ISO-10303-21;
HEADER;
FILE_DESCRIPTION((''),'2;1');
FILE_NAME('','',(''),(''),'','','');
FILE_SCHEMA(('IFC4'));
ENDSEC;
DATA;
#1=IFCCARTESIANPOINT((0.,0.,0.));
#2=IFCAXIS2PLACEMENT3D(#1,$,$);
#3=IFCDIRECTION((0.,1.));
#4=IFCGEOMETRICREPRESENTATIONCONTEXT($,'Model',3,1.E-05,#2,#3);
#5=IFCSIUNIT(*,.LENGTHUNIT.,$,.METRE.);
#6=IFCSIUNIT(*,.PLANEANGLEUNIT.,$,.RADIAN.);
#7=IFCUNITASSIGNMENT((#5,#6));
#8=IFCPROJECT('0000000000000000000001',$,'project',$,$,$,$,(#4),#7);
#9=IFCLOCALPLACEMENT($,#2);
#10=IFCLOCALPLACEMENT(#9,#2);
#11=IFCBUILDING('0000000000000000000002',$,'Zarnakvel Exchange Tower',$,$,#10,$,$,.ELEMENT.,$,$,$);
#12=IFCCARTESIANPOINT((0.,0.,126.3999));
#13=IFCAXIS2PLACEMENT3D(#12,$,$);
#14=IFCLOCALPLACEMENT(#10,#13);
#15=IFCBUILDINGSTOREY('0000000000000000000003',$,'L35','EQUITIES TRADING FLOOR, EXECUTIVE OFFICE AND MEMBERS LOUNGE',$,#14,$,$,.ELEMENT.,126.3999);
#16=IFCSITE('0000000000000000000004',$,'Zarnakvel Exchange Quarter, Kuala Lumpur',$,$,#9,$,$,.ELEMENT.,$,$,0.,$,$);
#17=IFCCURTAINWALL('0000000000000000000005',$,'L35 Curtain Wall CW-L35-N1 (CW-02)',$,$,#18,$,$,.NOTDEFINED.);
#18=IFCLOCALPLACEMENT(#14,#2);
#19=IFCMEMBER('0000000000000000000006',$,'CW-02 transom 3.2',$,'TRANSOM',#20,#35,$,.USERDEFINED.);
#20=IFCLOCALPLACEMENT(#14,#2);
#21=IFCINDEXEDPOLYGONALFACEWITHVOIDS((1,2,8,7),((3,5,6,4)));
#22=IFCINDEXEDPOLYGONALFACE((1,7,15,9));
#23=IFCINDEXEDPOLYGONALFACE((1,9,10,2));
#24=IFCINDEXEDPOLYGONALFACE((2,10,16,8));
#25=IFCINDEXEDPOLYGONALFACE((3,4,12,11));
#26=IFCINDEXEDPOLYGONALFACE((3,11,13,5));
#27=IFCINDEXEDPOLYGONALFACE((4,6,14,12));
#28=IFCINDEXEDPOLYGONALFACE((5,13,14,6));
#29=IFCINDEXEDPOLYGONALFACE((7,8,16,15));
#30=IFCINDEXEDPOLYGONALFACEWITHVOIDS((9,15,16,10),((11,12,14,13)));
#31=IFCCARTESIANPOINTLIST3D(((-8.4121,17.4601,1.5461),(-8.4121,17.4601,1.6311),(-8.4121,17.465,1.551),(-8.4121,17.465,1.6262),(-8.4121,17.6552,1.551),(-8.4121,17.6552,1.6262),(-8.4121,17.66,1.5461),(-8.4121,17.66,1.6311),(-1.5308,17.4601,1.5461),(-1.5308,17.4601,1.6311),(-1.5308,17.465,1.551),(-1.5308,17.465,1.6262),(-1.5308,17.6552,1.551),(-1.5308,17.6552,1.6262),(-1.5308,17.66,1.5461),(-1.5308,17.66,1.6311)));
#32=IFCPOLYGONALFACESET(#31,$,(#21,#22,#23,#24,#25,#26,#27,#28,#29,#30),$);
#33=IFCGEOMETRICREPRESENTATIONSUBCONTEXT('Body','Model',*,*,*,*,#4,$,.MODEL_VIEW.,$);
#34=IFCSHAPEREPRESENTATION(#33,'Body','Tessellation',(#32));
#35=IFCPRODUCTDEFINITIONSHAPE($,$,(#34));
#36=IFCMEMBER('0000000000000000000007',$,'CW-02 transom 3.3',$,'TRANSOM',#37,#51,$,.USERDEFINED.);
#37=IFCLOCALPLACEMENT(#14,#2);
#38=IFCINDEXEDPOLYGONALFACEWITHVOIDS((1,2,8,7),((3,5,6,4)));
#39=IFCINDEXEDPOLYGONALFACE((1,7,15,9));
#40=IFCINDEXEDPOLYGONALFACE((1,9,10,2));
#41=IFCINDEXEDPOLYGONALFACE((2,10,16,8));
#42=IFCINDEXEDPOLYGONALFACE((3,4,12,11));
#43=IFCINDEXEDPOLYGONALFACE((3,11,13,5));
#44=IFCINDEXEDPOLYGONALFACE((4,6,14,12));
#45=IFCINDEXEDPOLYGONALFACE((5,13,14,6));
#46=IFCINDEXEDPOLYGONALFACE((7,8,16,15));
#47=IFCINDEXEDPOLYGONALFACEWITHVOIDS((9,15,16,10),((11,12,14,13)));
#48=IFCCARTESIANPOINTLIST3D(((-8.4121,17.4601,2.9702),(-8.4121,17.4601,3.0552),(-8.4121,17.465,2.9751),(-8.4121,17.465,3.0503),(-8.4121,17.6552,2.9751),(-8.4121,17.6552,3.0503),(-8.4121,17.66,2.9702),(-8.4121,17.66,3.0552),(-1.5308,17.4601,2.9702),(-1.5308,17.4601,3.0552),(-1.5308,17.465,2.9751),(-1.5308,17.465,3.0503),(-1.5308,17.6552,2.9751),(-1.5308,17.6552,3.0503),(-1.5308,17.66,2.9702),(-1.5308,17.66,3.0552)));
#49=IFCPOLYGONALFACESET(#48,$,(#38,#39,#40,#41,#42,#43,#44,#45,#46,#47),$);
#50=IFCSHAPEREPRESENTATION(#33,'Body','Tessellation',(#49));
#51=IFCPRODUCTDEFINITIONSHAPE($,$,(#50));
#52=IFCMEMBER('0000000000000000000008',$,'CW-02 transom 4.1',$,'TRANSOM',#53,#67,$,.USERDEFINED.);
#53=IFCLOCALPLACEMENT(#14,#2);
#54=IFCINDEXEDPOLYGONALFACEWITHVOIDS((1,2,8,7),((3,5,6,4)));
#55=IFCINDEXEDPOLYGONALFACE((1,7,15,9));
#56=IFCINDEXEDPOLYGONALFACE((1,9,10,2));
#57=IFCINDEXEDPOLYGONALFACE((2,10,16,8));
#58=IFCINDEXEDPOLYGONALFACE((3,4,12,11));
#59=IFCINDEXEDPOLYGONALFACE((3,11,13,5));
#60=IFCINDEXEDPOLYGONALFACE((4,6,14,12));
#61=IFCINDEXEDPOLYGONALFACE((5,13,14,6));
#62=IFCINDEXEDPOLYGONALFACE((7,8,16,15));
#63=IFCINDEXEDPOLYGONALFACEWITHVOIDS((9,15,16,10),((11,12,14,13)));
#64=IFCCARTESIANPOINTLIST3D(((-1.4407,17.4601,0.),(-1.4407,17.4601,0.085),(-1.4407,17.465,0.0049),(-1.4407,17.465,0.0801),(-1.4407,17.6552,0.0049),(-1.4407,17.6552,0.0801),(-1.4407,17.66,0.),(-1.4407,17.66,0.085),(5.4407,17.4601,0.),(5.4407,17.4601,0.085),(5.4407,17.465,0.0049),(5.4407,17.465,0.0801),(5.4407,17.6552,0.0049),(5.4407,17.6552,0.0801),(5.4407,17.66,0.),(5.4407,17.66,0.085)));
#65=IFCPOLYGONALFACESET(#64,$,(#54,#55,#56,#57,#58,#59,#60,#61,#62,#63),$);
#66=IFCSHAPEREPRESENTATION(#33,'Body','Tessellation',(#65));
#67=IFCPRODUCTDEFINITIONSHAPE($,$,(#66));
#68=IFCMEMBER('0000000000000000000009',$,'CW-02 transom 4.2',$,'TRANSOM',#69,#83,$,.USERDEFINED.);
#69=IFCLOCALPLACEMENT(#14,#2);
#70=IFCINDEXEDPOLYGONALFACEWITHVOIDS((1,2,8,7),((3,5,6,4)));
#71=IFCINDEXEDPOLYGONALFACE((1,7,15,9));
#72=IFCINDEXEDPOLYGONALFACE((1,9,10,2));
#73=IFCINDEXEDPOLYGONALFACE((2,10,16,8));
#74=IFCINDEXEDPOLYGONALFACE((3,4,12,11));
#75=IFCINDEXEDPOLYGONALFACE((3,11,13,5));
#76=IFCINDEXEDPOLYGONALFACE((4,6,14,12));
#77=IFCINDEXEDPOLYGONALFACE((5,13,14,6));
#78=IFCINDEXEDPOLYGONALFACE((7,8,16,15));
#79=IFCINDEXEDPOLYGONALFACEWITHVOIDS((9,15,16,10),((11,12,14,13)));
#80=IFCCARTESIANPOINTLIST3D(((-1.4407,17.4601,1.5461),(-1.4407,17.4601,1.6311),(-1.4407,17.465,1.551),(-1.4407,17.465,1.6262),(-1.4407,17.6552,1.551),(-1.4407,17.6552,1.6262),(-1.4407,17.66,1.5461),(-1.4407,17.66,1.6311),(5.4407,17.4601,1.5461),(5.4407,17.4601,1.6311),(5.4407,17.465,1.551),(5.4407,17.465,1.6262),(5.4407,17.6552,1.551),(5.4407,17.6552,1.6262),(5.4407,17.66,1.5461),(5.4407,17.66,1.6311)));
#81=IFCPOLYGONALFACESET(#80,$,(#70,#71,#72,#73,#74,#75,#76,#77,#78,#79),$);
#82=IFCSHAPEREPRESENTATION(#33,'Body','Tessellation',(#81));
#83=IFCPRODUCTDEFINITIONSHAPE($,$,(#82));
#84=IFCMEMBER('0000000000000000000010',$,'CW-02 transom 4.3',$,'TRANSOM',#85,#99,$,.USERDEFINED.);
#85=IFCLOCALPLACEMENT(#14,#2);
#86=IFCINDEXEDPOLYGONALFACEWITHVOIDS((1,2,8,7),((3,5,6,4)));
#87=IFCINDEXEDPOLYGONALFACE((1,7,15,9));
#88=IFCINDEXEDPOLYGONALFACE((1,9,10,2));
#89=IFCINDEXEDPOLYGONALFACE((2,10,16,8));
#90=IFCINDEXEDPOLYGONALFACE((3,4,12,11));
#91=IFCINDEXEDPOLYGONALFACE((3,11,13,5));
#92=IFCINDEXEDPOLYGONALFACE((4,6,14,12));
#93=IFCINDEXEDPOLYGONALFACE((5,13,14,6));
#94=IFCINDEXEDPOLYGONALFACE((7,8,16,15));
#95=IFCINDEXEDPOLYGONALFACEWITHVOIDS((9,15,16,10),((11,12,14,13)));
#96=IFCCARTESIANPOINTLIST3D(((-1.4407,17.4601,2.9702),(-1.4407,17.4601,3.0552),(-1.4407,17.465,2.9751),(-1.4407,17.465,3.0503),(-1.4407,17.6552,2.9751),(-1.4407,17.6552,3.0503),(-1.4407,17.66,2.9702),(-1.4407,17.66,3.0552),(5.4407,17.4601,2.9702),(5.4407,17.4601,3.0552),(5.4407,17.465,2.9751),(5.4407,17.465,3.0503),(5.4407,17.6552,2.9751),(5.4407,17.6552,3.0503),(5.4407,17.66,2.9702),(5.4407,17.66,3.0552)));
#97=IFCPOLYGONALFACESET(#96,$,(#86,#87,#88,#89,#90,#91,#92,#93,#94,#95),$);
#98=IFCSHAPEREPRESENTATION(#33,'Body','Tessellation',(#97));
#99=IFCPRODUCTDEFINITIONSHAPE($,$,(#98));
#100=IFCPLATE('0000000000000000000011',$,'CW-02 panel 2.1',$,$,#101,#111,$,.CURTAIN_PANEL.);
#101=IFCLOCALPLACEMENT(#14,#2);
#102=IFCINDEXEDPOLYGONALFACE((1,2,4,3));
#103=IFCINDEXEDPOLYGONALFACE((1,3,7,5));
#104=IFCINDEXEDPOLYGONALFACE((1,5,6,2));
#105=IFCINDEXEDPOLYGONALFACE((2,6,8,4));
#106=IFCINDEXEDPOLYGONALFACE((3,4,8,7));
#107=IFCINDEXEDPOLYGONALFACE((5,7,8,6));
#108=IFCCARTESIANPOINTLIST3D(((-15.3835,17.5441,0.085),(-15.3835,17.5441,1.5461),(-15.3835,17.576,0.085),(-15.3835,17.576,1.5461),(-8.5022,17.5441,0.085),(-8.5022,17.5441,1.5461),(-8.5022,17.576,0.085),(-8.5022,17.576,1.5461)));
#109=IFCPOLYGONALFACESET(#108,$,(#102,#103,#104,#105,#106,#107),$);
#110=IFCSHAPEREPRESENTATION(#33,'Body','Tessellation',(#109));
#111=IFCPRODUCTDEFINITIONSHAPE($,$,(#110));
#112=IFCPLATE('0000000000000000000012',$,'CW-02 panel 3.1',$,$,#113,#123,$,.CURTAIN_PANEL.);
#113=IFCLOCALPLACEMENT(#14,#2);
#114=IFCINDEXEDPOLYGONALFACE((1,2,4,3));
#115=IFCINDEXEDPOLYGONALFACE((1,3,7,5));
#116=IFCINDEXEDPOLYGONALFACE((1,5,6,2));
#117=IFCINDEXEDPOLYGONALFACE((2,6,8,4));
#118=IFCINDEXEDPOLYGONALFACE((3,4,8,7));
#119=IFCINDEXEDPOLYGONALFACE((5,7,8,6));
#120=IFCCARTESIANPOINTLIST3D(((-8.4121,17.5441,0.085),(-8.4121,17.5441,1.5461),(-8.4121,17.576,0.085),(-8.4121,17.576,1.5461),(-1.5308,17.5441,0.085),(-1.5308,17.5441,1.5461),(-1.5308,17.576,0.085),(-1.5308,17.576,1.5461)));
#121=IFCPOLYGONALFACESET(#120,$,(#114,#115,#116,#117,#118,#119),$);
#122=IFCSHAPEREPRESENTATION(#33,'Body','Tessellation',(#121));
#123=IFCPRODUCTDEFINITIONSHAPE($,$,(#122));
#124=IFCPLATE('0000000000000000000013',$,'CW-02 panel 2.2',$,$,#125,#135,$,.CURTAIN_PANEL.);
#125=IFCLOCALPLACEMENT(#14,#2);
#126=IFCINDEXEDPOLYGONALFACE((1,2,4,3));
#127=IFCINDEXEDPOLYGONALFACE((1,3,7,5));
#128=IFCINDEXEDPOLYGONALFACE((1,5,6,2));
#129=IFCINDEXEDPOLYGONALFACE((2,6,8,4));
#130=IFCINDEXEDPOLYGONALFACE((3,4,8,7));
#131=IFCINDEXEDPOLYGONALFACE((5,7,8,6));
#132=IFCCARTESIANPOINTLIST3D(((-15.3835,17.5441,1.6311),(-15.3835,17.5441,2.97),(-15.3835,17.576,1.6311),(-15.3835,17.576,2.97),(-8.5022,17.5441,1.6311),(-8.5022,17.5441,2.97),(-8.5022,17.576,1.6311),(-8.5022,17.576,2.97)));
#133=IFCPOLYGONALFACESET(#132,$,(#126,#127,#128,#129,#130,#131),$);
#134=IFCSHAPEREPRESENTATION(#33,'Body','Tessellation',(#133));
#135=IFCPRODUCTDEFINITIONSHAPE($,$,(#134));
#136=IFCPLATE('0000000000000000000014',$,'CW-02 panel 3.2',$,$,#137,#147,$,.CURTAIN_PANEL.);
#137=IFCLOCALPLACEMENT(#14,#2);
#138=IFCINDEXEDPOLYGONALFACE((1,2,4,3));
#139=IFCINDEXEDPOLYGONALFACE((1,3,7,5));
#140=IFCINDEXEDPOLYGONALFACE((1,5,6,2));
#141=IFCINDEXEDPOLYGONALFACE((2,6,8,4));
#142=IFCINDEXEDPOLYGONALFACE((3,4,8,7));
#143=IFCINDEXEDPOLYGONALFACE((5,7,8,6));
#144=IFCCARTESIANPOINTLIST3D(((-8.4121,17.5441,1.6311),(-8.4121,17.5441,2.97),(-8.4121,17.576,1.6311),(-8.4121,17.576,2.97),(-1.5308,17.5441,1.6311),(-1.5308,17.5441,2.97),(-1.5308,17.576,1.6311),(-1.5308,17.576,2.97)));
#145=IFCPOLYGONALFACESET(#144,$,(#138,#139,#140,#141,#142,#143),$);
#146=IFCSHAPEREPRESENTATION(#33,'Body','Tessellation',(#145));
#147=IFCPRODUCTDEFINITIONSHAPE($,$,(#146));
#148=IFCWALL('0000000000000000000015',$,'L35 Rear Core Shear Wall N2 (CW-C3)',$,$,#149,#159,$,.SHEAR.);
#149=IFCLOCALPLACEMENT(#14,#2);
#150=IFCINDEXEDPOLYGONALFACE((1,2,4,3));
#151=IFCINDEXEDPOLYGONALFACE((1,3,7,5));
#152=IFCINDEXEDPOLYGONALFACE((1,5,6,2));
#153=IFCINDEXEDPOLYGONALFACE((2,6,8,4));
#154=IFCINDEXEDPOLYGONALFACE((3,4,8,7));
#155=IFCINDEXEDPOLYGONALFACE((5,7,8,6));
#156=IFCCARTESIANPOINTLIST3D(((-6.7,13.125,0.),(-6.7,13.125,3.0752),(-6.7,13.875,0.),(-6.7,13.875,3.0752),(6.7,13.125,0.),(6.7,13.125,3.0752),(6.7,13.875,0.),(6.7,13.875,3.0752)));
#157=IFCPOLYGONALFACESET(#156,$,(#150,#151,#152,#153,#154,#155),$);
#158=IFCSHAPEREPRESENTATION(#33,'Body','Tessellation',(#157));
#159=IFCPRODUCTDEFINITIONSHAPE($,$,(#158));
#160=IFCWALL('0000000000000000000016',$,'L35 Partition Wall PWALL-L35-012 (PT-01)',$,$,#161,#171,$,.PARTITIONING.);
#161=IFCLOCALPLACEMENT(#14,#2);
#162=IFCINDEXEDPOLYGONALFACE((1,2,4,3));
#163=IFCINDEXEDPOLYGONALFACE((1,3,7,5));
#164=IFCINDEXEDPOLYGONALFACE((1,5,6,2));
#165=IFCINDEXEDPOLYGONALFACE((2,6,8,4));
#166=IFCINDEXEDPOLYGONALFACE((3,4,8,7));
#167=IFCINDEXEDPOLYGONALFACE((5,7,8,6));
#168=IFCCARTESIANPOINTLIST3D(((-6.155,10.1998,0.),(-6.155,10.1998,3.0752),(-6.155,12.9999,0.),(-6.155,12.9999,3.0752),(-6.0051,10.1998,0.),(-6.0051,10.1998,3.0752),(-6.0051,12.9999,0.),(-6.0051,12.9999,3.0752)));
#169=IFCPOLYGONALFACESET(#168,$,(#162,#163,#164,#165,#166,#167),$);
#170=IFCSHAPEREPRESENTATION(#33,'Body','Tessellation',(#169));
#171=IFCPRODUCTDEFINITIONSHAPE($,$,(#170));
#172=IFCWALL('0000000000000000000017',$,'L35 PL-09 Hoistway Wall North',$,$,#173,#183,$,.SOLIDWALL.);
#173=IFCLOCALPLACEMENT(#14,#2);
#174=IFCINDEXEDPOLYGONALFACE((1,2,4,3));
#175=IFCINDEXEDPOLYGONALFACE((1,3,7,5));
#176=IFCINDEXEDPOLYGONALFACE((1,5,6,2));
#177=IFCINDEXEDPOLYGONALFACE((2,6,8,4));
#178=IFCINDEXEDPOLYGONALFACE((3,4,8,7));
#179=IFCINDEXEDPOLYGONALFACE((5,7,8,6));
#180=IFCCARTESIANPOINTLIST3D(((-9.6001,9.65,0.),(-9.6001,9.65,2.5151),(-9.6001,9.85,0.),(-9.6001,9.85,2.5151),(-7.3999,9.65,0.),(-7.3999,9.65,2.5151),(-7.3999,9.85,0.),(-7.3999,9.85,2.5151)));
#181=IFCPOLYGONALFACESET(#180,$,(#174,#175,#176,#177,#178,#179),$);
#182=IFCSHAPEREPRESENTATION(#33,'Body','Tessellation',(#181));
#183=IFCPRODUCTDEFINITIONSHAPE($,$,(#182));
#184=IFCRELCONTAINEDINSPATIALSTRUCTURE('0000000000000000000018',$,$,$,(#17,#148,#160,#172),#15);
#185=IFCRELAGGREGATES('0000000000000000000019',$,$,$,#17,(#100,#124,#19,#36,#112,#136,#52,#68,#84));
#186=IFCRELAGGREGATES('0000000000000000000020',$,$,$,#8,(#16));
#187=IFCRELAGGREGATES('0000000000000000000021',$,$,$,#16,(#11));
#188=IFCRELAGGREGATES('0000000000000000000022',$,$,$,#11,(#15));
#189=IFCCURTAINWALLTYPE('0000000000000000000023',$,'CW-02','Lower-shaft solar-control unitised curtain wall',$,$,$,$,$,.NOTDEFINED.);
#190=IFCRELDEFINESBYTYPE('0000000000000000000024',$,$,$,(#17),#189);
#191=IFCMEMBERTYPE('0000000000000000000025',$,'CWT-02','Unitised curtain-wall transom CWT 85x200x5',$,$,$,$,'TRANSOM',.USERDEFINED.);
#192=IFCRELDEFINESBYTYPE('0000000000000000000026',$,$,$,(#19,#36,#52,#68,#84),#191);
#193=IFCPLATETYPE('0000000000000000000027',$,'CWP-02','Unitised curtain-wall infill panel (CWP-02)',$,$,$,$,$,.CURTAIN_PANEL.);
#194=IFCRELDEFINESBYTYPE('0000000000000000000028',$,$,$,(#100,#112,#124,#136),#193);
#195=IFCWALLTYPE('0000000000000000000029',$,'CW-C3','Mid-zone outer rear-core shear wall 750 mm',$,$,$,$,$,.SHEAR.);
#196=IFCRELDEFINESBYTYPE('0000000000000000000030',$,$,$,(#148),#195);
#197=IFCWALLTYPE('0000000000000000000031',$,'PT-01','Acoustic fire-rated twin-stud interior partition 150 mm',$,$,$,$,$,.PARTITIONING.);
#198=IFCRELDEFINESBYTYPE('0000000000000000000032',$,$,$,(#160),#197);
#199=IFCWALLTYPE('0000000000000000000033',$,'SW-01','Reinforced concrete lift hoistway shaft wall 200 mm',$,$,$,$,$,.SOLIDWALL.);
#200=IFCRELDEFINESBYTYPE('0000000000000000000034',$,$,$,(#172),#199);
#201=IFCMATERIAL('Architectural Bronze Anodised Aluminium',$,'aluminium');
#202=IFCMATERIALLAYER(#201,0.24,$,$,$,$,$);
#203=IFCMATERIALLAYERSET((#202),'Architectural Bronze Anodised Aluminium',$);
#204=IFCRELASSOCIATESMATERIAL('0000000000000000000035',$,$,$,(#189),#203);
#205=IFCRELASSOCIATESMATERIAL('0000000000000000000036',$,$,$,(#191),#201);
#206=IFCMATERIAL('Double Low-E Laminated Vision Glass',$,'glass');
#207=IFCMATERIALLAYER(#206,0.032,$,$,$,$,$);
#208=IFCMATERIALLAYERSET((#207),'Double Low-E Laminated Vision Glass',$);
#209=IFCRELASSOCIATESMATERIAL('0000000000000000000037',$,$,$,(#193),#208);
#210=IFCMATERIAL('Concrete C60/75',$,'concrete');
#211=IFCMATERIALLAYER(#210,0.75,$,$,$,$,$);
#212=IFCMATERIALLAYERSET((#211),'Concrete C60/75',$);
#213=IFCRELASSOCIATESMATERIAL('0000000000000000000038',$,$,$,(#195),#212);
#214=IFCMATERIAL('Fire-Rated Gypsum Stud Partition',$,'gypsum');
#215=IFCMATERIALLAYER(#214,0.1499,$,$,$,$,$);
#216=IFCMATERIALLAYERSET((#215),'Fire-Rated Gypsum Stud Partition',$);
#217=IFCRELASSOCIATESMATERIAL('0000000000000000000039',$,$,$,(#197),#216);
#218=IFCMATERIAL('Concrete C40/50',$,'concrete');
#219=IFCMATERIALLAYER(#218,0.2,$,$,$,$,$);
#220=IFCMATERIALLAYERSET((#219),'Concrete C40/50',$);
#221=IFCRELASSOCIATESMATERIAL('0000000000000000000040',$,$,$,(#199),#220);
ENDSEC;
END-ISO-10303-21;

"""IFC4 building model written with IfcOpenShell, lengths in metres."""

from ifc_helpers import new_model, si_unit, direction, frame, frame_2d, origin, origin_2d, place, context, subcontext, project, spatial, rectangle, hollow_rectangle, extrude, source, transform, mapped, material, layer, layer_set, material_profile, profile_set, type_object, element, aggregate, save


model = new_model("IFC4")

# Units and contexts
model_context = context("Model", 3, precision=1e-05, world=origin(), true_north=direction((0.0, 1.0)))
body_context = subcontext(model_context, "Body", "Model", "MODEL_VIEW")
ifc_project = project(units=[si_unit("LENGTHUNIT", "METRE"), si_unit("PLANEANGLEUNIT", "RADIAN")], contexts=[model_context])

# Site, building, storey
site_placement = place(None, origin())
site = spatial("IfcSite", under=ifc_project, at=site_placement, Name="Zarnakvel Exchange Quarter, Kuala Lumpur", CompositionType="ELEMENT", RefElevation=0.0)
building_placement = place(site_placement, origin())
building = spatial("IfcBuilding", under=site, at=building_placement, Name="Zarnakvel Exchange Tower", CompositionType="ELEMENT")
storey_placement = place(building_placement, frame((0.0, 0.0, 126.3999)))
storey = spatial("IfcBuildingStorey", under=building, at=storey_placement, Name="L35", Description="EQUITIES TRADING FLOOR, EXECUTIVE OFFICE AND MEMBERS LOUNGE", CompositionType="ELEMENT", Elevation=126.3999)

# Shared definitions
ifc_material_1 = material(Name="Concrete C60/75", Category="concrete")

# Curtain wall, members, plates
ifc_material_2 = material(Name="Architectural Bronze Anodised Aluminium", Category="aluminium")
ifc_layer_1 = layer(ifc_material_2, 0.24)
ifc_layer_set_1 = layer_set([ifc_layer_1], Name="Architectural Bronze Anodised Aluminium")
curtain_wall_type = type_object("IfcCurtainWallType", Name="CW-02", Description="Lower-shaft solar-control unitised curtain wall", PredefinedType="NOTDEFINED", material=ifc_layer_set_1)
curtain_wall_placement = place(storey_placement, origin())
curtain_wall = element("IfcCurtainWall", 1, at=curtain_wall_placement, inside=storey, type_object=curtain_wall_type, Name="L35 Curtain Wall CW-L35-N1 (CW-02)", PredefinedType="NOTDEFINED")
ifc_material_profile_1 = material_profile(ifc_material_2, hollow_rectangle(XDim=0.2, YDim=0.085, WallThickness=0.0049, at=origin_2d()))
ifc_profile_set_1 = profile_set([ifc_material_profile_1], Name="Architectural Bronze Anodised Aluminium")
member_type_1 = type_object("IfcMemberType", Name="CWT-02", Description="Unitised curtain-wall transom CWT 85x200x5", ElementType="TRANSOM", PredefinedType="USERDEFINED", material=ifc_profile_set_1)
shared_shape_1 = source(origin(), body_context, "Body", "SweptSolid", [
    extrude(hollow_rectangle(XDim=0.2, YDim=0.085, WallThickness=0.0049, at=origin_2d()), origin(), (0.0, 0.0, 1.0), 6.8813),
])
member_1_placement = place(storey_placement, frame((-8.4121, 17.5601, 1.5886), z_axis=(1.0, 0.0, 0.0), x_axis=(0.0, 1.0, 0.0)))
member_1 = element("IfcMember", 2, at=member_1_placement, type_object=member_type_1, Name="CW-02 transom 3.2", ObjectType="TRANSOM", PredefinedType="USERDEFINED", context=body_context, shape_type="MappedRepresentation", body=[
    mapped(shared_shape_1, transform((0.0, 0.0, 0.0), x_axis=(1.0, 0.0, 0.0), y_axis=(0.0, 1.0, 0.0), z_axis=(0.0, 0.0, 1.0), scale=1.0)),
])
member_2_placement = place(storey_placement, frame((-8.4121, 17.5601, 3.0127), z_axis=(1.0, 0.0, 0.0), x_axis=(0.0, 1.0, 0.0)))
member_2 = element("IfcMember", 3, at=member_2_placement, type_object=member_type_1, Name="CW-02 transom 3.3", ObjectType="TRANSOM", PredefinedType="USERDEFINED", context=body_context, shape_type="MappedRepresentation", body=[
    mapped(shared_shape_1, transform((0.0, 0.0, 0.0), x_axis=(1.0, 0.0, 0.0), y_axis=(0.0, 1.0, 0.0), z_axis=(0.0, 0.0, 1.0), scale=1.0)),
])
member_3_placement = place(storey_placement, frame((-1.4407, 17.5601, 0.0425), z_axis=(1.0, 0.0, 0.0), x_axis=(0.0, 1.0, 0.0)))
member_3 = element("IfcMember", 4, at=member_3_placement, type_object=member_type_1, Name="CW-02 transom 4.1", ObjectType="TRANSOM", PredefinedType="USERDEFINED", context=body_context, shape_type="MappedRepresentation", body=[
    mapped(shared_shape_1, transform((0.0, 0.0, 0.0), x_axis=(1.0, 0.0, 0.0), y_axis=(0.0, 1.0, 0.0), z_axis=(0.0, 0.0, 1.0), scale=1.0)),
])
member_4_placement = place(storey_placement, frame((-1.4407, 17.5601, 1.5886), z_axis=(1.0, 0.0, 0.0), x_axis=(0.0, 1.0, 0.0)))
member_4 = element("IfcMember", 5, at=member_4_placement, type_object=member_type_1, Name="CW-02 transom 4.2", ObjectType="TRANSOM", PredefinedType="USERDEFINED", context=body_context, shape_type="MappedRepresentation", body=[
    mapped(shared_shape_1, transform((0.0, 0.0, 0.0), x_axis=(1.0, 0.0, 0.0), y_axis=(0.0, 1.0, 0.0), z_axis=(0.0, 0.0, 1.0), scale=1.0)),
])
member_5_placement = place(storey_placement, frame((-1.4407, 17.5601, 3.0127), z_axis=(1.0, 0.0, 0.0), x_axis=(0.0, 1.0, 0.0)))
member_5 = element("IfcMember", 6, at=member_5_placement, type_object=member_type_1, Name="CW-02 transom 4.3", ObjectType="TRANSOM", PredefinedType="USERDEFINED", context=body_context, shape_type="MappedRepresentation", body=[
    mapped(shared_shape_1, transform((0.0, 0.0, 0.0), x_axis=(1.0, 0.0, 0.0), y_axis=(0.0, 1.0, 0.0), z_axis=(0.0, 0.0, 1.0), scale=1.0)),
])
ifc_material_3 = material(Name="Double Low-E Laminated Vision Glass", Category="glass")
ifc_layer_2 = layer(ifc_material_3, 0.032)
ifc_layer_set_2 = layer_set([ifc_layer_2], Name="Double Low-E Laminated Vision Glass")
plate_type = type_object("IfcPlateType", Name="CWP-02", Description="Unitised curtain-wall infill panel (CWP-02)", PredefinedType="CURTAIN_PANEL", material=ifc_layer_set_2)
shared_shape_2 = source(origin(), body_context, "Body", "SweptSolid", [
    extrude(rectangle(XDim=6.8813, YDim=0.032, at=origin_2d()), origin(), (0.0, 0.0, 1.0), 1.4612),
])
plate_1_placement = place(storey_placement, frame((-11.9429, 17.5601, 0.085), z_axis=(0.0, 0.0, 1.0), x_axis=(1.0, 0.0, 0.0)))
plate_1 = element("IfcPlate", 7, at=plate_1_placement, type_object=plate_type, Name="CW-02 panel 2.1", PredefinedType="CURTAIN_PANEL", context=body_context, shape_type="MappedRepresentation", body=[
    mapped(shared_shape_2, transform((0.0, 0.0, 0.0), x_axis=(1.0, 0.0, 0.0), y_axis=(0.0, 1.0, 0.0), z_axis=(0.0, 0.0, 1.0), scale=1.0)),
])
plate_2_placement = place(storey_placement, frame((-4.9714, 17.5601, 0.085), z_axis=(0.0, 0.0, 1.0), x_axis=(1.0, 0.0, 0.0)))
plate_2 = element("IfcPlate", 8, at=plate_2_placement, type_object=plate_type, Name="CW-02 panel 3.1", PredefinedType="CURTAIN_PANEL", context=body_context, shape_type="MappedRepresentation", body=[
    mapped(shared_shape_2, transform((0.0, 0.0, 0.0), x_axis=(1.0, 0.0, 0.0), y_axis=(0.0, 1.0, 0.0), z_axis=(0.0, 0.0, 1.0), scale=1.0)),
])
shared_shape_3 = source(origin(), body_context, "Body", "SweptSolid", [
    extrude(rectangle(XDim=6.8813, YDim=0.032, at=origin_2d()), origin(), (0.0, 0.0, 1.0), 1.3389),
])
plate_3_placement = place(storey_placement, frame((-11.9429, 17.5601, 1.6311), z_axis=(0.0, 0.0, 1.0), x_axis=(1.0, 0.0, 0.0)))
plate_3 = element("IfcPlate", 9, at=plate_3_placement, type_object=plate_type, Name="CW-02 panel 2.2", PredefinedType="CURTAIN_PANEL", context=body_context, shape_type="MappedRepresentation", body=[
    mapped(shared_shape_3, transform((0.0, 0.0, 0.0), x_axis=(1.0, 0.0, 0.0), y_axis=(0.0, 1.0, 0.0), z_axis=(0.0, 0.0, 1.0), scale=1.0)),
])
plate_4_placement = place(storey_placement, frame((-4.9714, 17.5601, 1.6311), z_axis=(0.0, 0.0, 1.0), x_axis=(1.0, 0.0, 0.0)))
plate_4 = element("IfcPlate", 10, at=plate_4_placement, type_object=plate_type, Name="CW-02 panel 3.2", PredefinedType="CURTAIN_PANEL", context=body_context, shape_type="MappedRepresentation", body=[
    mapped(shared_shape_3, transform((0.0, 0.0, 0.0), x_axis=(1.0, 0.0, 0.0), y_axis=(0.0, 1.0, 0.0), z_axis=(0.0, 0.0, 1.0), scale=1.0)),
])
aggregate(curtain_wall, [plate_1, plate_3, member_1, member_2, plate_2, plate_4, member_3, member_4, member_5])

# Walls
ifc_layer_3 = layer(ifc_material_1, 0.75)
ifc_layer_set_3 = layer_set([ifc_layer_3], Name="Concrete C60/75")
wall_type_1 = type_object("IfcWallType", Name="CW-C3", Description="Mid-zone outer rear-core shear wall 750 mm", PredefinedType="SHEAR", material=ifc_layer_set_3)
wall_1_placement = place(storey_placement, frame((-6.7, 13.5, 0.0), z_axis=(0.0, 0.0, 1.0), x_axis=(1.0, 0.0, 0.0)))
element("IfcWall", 11, at=wall_1_placement, inside=storey, type_object=wall_type_1, Name="L35 Rear Core Shear Wall N2 (CW-C3)", PredefinedType="SHEAR", context=body_context, shape_type="SweptSolid", body=[
    extrude(rectangle(XDim=13.3999, YDim=0.75, at=frame_2d((6.7, 0.0))), origin(), (0.0, 0.0, 1.0), 3.0752),
])
ifc_material_4 = material(Name="Fire-Rated Gypsum Stud Partition", Category="gypsum")
ifc_layer_4 = layer(ifc_material_4, 0.1499)
ifc_layer_set_4 = layer_set([ifc_layer_4], Name="Fire-Rated Gypsum Stud Partition")
wall_type_2 = type_object("IfcWallType", Name="PT-01", Description="Acoustic fire-rated twin-stud interior partition 150 mm", PredefinedType="PARTITIONING", material=ifc_layer_set_4)
wall_2_placement = place(storey_placement, frame((-6.0801, 10.2, 0.0), z_axis=(0.0, 0.0, 1.0), x_axis=(0.0, 1.0, 0.0)))
element("IfcWall", 12, at=wall_2_placement, inside=storey, type_object=wall_type_2, Name="L35 Partition Wall PWALL-L35-012 (PT-01)", PredefinedType="PARTITIONING", context=body_context, shape_type="SweptSolid", body=[
    extrude(rectangle(XDim=2.8, YDim=0.1499, at=frame_2d((1.3999, 0.0))), origin(), (0.0, 0.0, 1.0), 3.0752),
])
ifc_material_5 = material(Name="Concrete C40/50", Category="concrete")
ifc_layer_5 = layer(ifc_material_5, 0.2)
ifc_layer_set_5 = layer_set([ifc_layer_5], Name="Concrete C40/50")
wall_type_3 = type_object("IfcWallType", Name="SW-01", Description="Reinforced concrete lift hoistway shaft wall 200 mm", PredefinedType="SOLIDWALL", material=ifc_layer_set_5)
wall_3_placement = place(storey_placement, frame((-9.6001, 9.75, 0.0), z_axis=(0.0, 0.0, 1.0), x_axis=(1.0, 0.0, 0.0)))
element("IfcWall", 13, at=wall_3_placement, inside=storey, type_object=wall_type_3, Name="L35 PL-09 Hoistway Wall North", PredefinedType="SOLIDWALL", context=body_context, shape_type="SweptSolid", body=[
    extrude(rectangle(XDim=2.2002, YDim=0.2, at=frame_2d((1.1001, 0.0))), origin(), (0.0, 0.0, 1.0), 2.5151),
])

save(model, "model.ifc")
